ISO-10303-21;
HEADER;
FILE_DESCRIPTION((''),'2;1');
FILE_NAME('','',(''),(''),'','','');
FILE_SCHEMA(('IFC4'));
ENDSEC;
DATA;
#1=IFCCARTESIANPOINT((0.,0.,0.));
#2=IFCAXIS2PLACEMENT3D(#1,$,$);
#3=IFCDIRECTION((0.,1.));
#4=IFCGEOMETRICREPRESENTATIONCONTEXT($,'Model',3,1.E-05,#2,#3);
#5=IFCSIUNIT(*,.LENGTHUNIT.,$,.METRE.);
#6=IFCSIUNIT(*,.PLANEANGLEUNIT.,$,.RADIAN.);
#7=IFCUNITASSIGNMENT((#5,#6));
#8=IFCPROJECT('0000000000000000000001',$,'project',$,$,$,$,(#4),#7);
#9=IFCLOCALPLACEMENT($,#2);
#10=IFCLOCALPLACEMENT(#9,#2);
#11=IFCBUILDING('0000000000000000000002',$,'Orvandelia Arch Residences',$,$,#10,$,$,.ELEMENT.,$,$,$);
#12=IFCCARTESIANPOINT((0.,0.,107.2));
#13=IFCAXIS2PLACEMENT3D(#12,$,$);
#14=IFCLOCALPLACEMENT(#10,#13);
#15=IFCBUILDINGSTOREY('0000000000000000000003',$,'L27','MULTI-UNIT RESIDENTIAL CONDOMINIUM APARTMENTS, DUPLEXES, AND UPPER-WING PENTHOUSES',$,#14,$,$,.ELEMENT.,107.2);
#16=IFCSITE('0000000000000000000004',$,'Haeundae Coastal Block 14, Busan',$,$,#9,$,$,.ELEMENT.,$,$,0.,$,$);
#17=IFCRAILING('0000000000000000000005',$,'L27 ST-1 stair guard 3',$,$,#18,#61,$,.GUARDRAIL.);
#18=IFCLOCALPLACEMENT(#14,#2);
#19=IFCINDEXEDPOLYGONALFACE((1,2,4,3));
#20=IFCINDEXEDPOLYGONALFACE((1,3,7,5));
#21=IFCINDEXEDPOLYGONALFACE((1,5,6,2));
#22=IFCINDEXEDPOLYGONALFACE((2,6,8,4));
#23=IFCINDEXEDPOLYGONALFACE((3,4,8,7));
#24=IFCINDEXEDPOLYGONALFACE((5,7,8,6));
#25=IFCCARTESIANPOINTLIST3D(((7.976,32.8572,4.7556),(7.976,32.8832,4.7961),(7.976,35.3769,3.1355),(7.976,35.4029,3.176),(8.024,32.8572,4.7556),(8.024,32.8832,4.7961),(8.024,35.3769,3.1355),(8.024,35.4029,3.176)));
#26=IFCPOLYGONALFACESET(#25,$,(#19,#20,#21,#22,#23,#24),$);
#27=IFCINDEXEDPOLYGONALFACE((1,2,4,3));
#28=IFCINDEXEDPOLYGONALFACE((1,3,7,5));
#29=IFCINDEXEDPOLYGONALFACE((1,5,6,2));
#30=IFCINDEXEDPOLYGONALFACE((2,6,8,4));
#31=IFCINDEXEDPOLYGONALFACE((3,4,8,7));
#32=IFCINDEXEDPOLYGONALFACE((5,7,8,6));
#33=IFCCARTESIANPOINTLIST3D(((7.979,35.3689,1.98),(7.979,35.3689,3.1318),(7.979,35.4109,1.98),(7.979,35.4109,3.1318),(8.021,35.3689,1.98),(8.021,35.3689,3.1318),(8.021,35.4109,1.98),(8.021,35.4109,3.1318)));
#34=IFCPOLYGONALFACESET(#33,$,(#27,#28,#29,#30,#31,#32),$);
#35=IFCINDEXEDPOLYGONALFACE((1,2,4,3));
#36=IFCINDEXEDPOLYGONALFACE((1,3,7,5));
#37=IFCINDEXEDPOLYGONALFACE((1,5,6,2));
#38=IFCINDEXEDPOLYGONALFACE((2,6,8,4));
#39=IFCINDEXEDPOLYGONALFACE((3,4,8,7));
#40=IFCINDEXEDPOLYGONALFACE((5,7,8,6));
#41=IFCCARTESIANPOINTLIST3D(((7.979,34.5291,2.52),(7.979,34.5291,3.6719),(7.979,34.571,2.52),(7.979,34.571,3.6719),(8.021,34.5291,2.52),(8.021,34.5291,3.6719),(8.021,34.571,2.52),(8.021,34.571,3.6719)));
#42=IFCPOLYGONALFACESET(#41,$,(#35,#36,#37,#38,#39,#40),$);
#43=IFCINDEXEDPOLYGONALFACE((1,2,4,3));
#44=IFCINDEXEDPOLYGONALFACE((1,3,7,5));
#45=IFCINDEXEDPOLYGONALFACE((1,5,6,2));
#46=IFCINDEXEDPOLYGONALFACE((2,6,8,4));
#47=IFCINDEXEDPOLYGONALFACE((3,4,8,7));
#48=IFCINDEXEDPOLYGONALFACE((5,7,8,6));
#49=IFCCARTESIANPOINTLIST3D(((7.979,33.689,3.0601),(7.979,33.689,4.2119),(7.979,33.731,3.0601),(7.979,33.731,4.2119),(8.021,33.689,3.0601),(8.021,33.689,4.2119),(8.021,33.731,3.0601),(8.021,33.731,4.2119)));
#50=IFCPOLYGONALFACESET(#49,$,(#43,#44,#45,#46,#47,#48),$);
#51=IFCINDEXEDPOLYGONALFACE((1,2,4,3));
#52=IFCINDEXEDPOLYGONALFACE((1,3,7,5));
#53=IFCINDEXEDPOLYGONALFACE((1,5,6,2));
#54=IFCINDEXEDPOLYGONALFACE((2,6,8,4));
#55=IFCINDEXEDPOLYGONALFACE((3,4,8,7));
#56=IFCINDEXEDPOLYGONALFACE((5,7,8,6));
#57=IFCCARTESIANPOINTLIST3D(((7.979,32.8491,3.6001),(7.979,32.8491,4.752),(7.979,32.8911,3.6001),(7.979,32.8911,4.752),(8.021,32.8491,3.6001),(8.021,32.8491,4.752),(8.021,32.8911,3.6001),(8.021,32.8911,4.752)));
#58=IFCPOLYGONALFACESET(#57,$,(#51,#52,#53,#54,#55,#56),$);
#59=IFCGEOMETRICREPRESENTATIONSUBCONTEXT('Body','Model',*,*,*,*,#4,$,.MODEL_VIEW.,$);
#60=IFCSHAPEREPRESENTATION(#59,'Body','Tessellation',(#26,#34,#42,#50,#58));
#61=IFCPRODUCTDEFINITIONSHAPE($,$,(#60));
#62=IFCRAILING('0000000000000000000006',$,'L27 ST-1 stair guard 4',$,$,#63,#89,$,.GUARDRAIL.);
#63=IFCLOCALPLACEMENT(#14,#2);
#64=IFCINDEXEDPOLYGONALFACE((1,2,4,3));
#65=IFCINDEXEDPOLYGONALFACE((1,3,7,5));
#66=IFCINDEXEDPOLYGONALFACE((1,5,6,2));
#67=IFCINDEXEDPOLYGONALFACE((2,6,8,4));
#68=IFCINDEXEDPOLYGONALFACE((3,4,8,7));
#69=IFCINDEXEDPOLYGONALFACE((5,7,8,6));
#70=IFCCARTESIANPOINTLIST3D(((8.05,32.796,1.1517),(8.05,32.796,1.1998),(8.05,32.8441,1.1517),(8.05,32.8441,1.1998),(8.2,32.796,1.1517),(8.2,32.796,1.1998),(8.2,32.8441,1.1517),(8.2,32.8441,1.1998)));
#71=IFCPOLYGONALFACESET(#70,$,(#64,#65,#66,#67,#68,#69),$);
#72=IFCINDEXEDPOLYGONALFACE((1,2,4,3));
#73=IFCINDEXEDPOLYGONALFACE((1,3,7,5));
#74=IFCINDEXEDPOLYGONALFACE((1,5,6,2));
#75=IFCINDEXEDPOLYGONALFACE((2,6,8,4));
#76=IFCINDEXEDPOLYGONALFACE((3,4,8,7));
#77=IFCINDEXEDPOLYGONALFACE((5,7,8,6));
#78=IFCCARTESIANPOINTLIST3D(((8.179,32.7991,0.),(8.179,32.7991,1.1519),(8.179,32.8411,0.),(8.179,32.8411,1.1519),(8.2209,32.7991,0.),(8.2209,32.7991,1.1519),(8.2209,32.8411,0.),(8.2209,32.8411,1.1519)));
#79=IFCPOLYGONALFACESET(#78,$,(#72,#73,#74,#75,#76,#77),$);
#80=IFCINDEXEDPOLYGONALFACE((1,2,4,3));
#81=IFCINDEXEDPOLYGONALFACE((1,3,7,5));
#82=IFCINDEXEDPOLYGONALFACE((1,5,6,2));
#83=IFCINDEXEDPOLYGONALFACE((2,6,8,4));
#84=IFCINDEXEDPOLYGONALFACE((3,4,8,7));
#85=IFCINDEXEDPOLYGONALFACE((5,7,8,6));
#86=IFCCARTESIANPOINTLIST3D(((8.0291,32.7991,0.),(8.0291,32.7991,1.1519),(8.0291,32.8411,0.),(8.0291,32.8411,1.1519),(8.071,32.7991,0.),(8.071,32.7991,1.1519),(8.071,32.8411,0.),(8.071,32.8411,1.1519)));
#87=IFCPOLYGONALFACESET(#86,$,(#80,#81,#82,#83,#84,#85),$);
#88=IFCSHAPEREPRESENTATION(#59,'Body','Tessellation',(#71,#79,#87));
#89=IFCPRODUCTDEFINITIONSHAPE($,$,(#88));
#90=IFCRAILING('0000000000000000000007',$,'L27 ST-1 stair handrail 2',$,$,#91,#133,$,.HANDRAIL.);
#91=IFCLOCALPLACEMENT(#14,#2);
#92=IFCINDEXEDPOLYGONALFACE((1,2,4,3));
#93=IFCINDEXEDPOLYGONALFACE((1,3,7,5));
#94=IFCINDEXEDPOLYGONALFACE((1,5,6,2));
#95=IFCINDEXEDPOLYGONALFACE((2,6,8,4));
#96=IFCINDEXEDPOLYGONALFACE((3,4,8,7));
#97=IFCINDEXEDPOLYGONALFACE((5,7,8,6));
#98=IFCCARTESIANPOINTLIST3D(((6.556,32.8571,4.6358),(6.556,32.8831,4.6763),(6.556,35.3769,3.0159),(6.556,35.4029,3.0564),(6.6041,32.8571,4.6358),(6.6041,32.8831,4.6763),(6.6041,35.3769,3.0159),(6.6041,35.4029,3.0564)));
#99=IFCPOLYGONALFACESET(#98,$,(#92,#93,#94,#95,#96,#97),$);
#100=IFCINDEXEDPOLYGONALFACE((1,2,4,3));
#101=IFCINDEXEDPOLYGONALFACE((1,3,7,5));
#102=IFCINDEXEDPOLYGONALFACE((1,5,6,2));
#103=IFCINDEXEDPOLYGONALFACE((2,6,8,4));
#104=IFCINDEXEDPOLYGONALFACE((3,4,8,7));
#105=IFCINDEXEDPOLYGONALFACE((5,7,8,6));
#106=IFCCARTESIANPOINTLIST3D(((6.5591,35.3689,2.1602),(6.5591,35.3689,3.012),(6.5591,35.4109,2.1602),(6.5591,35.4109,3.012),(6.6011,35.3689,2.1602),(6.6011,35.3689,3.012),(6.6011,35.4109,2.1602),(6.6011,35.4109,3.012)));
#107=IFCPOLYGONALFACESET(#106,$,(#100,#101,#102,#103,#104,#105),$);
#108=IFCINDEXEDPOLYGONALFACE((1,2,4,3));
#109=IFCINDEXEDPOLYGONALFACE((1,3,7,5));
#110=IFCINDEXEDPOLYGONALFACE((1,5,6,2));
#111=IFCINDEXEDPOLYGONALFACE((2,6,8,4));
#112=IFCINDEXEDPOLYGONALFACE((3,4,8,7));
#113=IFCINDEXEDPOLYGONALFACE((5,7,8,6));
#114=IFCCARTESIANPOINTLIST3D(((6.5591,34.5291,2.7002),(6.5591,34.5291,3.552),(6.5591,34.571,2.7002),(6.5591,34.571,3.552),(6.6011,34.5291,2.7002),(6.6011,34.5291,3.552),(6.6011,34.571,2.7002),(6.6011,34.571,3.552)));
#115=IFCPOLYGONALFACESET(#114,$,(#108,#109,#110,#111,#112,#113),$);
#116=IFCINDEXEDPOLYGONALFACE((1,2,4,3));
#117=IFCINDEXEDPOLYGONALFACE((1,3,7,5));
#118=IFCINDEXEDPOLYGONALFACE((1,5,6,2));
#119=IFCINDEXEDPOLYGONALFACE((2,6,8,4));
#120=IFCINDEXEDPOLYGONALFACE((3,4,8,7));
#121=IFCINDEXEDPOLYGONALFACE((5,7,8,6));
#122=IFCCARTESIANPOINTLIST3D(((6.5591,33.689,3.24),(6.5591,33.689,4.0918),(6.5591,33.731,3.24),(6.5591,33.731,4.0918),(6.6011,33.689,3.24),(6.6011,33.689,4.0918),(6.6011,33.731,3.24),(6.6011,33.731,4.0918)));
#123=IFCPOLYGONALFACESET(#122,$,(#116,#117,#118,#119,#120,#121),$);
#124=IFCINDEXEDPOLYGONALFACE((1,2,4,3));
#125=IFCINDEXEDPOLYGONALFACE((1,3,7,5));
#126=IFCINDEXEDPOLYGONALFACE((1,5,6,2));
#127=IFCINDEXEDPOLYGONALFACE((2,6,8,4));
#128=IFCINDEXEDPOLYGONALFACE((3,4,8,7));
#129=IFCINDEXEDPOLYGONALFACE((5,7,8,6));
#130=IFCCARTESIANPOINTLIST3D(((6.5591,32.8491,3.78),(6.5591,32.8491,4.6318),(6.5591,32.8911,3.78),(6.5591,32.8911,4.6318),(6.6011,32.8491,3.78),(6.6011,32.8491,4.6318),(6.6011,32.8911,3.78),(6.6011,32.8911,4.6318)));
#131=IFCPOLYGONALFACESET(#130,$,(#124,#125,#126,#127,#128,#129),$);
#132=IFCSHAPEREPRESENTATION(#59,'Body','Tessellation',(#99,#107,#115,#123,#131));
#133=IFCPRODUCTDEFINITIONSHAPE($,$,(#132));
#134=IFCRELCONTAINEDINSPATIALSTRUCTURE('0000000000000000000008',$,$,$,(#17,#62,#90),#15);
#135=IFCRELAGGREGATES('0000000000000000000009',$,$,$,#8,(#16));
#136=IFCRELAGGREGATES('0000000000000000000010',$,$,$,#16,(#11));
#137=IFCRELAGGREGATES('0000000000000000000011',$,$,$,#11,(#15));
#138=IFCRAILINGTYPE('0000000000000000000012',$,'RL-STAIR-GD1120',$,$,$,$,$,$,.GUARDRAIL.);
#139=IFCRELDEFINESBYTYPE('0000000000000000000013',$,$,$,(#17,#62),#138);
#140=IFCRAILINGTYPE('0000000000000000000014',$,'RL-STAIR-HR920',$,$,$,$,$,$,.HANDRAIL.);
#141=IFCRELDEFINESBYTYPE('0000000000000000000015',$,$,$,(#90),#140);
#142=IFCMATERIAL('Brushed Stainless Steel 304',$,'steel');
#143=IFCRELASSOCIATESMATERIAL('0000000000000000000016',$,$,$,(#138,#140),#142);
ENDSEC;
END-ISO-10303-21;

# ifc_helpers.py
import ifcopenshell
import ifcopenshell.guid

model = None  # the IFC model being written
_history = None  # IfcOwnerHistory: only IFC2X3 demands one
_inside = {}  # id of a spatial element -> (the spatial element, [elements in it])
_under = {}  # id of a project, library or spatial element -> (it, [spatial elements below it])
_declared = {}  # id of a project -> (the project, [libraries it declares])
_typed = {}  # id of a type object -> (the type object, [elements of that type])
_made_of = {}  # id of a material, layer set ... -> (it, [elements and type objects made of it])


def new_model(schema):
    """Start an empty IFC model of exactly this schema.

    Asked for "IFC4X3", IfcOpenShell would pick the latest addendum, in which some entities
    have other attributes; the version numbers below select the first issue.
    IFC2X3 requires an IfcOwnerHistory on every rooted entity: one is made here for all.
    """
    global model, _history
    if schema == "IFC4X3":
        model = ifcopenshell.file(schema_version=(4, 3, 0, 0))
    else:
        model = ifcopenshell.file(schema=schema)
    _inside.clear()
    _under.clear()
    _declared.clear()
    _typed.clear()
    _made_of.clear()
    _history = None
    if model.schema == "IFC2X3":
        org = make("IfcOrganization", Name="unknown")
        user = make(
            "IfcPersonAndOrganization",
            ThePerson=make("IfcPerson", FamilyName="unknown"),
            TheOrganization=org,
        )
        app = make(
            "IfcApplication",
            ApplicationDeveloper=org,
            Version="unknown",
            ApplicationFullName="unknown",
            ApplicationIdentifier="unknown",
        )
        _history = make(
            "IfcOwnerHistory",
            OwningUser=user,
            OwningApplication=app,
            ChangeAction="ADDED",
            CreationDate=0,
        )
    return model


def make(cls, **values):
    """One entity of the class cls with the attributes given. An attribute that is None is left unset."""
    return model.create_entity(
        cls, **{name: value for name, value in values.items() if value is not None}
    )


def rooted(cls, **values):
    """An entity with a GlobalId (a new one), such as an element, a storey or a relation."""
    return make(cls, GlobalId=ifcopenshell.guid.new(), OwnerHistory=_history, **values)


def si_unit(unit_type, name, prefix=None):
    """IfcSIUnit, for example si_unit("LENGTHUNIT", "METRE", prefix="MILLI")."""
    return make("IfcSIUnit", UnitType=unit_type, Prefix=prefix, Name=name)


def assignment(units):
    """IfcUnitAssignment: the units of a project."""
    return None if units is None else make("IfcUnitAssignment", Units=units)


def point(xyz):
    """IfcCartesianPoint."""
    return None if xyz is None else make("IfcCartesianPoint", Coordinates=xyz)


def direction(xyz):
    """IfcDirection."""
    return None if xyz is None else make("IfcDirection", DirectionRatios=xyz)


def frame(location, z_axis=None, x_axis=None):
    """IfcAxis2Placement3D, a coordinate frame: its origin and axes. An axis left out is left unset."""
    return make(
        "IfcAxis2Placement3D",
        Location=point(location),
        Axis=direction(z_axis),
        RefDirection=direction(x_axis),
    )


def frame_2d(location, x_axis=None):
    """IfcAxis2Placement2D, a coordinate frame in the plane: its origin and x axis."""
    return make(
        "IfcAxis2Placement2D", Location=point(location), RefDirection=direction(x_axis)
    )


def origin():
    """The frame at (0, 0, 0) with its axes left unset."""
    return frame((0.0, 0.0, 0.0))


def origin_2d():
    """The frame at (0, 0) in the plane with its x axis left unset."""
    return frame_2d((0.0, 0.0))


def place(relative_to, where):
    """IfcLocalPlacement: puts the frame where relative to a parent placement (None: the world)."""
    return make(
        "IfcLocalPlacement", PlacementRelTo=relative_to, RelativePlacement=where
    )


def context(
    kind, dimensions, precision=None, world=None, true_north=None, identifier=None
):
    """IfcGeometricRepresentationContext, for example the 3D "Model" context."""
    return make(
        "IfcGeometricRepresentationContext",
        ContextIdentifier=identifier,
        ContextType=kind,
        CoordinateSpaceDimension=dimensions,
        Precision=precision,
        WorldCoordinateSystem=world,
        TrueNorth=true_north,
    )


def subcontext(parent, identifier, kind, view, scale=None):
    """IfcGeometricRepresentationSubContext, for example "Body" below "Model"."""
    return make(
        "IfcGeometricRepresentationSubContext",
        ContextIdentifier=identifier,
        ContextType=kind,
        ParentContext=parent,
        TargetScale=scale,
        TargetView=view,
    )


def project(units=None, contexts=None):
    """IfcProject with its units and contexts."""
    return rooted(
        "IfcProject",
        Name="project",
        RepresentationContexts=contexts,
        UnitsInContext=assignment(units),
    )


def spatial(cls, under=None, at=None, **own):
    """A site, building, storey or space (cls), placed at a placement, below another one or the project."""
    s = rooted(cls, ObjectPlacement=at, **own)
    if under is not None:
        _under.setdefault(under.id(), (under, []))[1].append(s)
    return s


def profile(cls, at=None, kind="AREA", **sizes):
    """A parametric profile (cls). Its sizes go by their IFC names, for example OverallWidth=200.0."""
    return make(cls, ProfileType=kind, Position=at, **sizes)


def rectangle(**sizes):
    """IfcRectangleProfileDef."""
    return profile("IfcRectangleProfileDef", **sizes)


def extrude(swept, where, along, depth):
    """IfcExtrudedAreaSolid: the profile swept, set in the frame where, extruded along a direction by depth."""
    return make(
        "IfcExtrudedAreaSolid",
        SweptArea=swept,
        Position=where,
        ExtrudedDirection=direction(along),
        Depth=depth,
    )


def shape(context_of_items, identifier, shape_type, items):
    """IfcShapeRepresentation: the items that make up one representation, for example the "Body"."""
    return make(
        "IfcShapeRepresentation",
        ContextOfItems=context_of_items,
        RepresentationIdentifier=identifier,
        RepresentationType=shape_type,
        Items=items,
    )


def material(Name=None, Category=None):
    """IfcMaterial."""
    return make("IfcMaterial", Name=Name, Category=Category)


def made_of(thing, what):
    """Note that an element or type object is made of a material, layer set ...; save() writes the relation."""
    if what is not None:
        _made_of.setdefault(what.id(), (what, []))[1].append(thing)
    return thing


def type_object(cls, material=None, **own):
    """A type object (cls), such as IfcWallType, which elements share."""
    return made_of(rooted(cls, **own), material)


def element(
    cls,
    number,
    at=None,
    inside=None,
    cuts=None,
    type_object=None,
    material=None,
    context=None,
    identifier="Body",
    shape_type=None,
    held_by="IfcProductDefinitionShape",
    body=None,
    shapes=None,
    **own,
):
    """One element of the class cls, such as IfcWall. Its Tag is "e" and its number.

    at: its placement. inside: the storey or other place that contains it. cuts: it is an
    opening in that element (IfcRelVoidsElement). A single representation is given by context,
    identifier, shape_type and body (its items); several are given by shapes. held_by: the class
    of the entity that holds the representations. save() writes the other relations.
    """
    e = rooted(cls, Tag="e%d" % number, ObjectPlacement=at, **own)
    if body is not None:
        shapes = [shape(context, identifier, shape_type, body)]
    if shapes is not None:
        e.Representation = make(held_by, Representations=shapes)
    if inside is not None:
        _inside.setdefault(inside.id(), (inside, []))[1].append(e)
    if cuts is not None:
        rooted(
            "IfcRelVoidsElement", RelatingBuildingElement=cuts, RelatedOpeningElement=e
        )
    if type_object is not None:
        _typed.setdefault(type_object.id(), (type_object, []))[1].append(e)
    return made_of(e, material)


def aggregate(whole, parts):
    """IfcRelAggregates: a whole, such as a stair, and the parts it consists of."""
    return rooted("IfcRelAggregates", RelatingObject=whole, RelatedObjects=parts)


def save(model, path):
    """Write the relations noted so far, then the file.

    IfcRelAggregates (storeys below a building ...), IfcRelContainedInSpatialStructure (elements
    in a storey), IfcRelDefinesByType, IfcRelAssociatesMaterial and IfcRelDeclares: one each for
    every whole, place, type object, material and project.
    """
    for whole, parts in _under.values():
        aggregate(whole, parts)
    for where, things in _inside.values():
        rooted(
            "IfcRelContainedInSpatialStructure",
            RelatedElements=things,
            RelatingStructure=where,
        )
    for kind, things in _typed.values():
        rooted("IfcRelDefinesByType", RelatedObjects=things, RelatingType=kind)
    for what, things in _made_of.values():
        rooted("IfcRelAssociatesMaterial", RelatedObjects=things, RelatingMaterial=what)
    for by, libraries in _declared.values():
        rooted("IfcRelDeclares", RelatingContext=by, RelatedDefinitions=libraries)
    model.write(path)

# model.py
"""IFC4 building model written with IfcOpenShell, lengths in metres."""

from ifc_helpers import new_model, si_unit, direction, frame, origin, origin_2d, place, context, subcontext, project, spatial, rectangle, extrude, material, type_object, element, save


model = new_model("IFC4")

# Units and contexts
model_context = context("Model", 3, precision=1e-05, world=origin(), true_north=direction((0.0, 1.0)))
body_context = subcontext(model_context, "Body", "Model", "MODEL_VIEW")
ifc_project = project(units=[si_unit("LENGTHUNIT", "METRE"), si_unit("PLANEANGLEUNIT", "RADIAN")], contexts=[model_context])

# Site, building, storey
site_placement = place(None, origin())
site = spatial("IfcSite", under=ifc_project, at=site_placement, Name="Haeundae Coastal Block 14, Busan", CompositionType="ELEMENT", RefElevation=0.0)
building_placement = place(site_placement, origin())
building = spatial("IfcBuilding", under=site, at=building_placement, Name="Orvandelia Arch Residences", CompositionType="ELEMENT")
storey_placement = place(building_placement, frame((0.0, 0.0, 107.2)))
storey = spatial("IfcBuildingStorey", under=building, at=storey_placement, Name="L27", Description="MULTI-UNIT RESIDENTIAL CONDOMINIUM APARTMENTS, DUPLEXES, AND UPPER-WING PENTHOUSES", CompositionType="ELEMENT", Elevation=107.2)

# Railings
ifc_material_1 = material(Name="Brushed Stainless Steel 304", Category="steel")
railing_type_1 = type_object("IfcRailingType", Name="RL-STAIR-GD1120", PredefinedType="GUARDRAIL", material=ifc_material_1)
railing_1_placement = place(storey_placement, frame((8.0, 35.3899, 1.98)))
element("IfcRailing", 1, at=railing_1_placement, inside=storey, type_object=railing_type_1, Name="L27 ST-1 stair guard 3", PredefinedType="GUARDRAIL", context=body_context, shape_type="SweptSolid", body=[
    extrude(rectangle(XDim=0.0481, YDim=0.0481, at=origin_2d()), frame((0.0, 0.0, 1.1758), z_axis=(0.0, -0.841139, 0.540819), x_axis=(1.0, 0.0, 0.0)), (0.0, 0.0, 1.0), 2.9956),
    extrude(rectangle(XDim=0.042, YDim=0.042, at=origin_2d()), origin(), (0.0, 0.0, 1.0), 1.1519),
    extrude(rectangle(XDim=0.042, YDim=0.042, at=origin_2d()), frame((0.0, -0.8398, 0.54)), (0.0, 0.0, 1.0), 1.1519),
    extrude(rectangle(XDim=0.042, YDim=0.042, at=origin_2d()), frame((0.0, -1.6799, 1.0801)), (0.0, 0.0, 1.0), 1.1519),
    extrude(rectangle(XDim=0.042, YDim=0.042, at=origin_2d()), frame((0.0, -2.5198, 1.6201)), (0.0, 0.0, 1.0), 1.1519),
])
railing_2_placement = place(storey_placement, frame((8.2, 32.8201, 0.0)))
element("IfcRailing", 2, at=railing_2_placement, inside=storey, type_object=railing_type_1, Name="L27 ST-1 stair guard 4", PredefinedType="GUARDRAIL", context=body_context, shape_type="SweptSolid", body=[
    extrude(rectangle(XDim=0.0481, YDim=0.0481, at=origin_2d()), frame((0.0, 0.0, 1.1758), z_axis=(-1.0, 0.0, 0.0), x_axis=(0.0, -1.0, 0.0)), (0.0, 0.0, 1.0), 0.1499),
    extrude(rectangle(XDim=0.042, YDim=0.042, at=origin_2d()), origin(), (0.0, 0.0, 1.0), 1.1519),
    extrude(rectangle(XDim=0.042, YDim=0.042, at=origin_2d()), frame((-0.1499, 0.0, 0.0)), (0.0, 0.0, 1.0), 1.1519),
])
railing_type_2 = type_object("IfcRailingType", Name="RL-STAIR-HR920", PredefinedType="HANDRAIL", material=ifc_material_1)
railing_3_placement = place(storey_placement, frame((6.5801, 35.3899, 2.1602)))
element("IfcRailing", 3, at=railing_3_placement, inside=storey, type_object=railing_type_2, Name="L27 ST-1 stair handrail 2", PredefinedType="HANDRAIL", context=body_context, shape_type="SweptSolid", body=[
    extrude(rectangle(XDim=0.0481, YDim=0.0481, at=origin_2d()), frame((0.0, 0.0, 0.876), z_axis=(0.0, -0.841176, 0.540762), x_axis=(1.0, 0.0, 0.0)), (0.0, 0.0, 1.0), 2.9956),
    extrude(rectangle(XDim=0.042, YDim=0.042, at=origin_2d()), origin(), (0.0, 0.0, 1.0), 0.8518),
    extrude(rectangle(XDim=0.042, YDim=0.042, at=origin_2d()), frame((0.0, -0.8398, 0.54)), (0.0, 0.0, 1.0), 0.8518),
    extrude(rectangle(XDim=0.042, YDim=0.042, at=origin_2d()), frame((0.0, -1.6799, 1.0798)), (0.0, 0.0, 1.0), 0.8518),
    extrude(rectangle(XDim=0.042, YDim=0.042, at=origin_2d()), frame((0.0, -2.5198, 1.6199)), (0.0, 0.0, 1.0), 0.8518),
])

save(model, "model.ifc")
